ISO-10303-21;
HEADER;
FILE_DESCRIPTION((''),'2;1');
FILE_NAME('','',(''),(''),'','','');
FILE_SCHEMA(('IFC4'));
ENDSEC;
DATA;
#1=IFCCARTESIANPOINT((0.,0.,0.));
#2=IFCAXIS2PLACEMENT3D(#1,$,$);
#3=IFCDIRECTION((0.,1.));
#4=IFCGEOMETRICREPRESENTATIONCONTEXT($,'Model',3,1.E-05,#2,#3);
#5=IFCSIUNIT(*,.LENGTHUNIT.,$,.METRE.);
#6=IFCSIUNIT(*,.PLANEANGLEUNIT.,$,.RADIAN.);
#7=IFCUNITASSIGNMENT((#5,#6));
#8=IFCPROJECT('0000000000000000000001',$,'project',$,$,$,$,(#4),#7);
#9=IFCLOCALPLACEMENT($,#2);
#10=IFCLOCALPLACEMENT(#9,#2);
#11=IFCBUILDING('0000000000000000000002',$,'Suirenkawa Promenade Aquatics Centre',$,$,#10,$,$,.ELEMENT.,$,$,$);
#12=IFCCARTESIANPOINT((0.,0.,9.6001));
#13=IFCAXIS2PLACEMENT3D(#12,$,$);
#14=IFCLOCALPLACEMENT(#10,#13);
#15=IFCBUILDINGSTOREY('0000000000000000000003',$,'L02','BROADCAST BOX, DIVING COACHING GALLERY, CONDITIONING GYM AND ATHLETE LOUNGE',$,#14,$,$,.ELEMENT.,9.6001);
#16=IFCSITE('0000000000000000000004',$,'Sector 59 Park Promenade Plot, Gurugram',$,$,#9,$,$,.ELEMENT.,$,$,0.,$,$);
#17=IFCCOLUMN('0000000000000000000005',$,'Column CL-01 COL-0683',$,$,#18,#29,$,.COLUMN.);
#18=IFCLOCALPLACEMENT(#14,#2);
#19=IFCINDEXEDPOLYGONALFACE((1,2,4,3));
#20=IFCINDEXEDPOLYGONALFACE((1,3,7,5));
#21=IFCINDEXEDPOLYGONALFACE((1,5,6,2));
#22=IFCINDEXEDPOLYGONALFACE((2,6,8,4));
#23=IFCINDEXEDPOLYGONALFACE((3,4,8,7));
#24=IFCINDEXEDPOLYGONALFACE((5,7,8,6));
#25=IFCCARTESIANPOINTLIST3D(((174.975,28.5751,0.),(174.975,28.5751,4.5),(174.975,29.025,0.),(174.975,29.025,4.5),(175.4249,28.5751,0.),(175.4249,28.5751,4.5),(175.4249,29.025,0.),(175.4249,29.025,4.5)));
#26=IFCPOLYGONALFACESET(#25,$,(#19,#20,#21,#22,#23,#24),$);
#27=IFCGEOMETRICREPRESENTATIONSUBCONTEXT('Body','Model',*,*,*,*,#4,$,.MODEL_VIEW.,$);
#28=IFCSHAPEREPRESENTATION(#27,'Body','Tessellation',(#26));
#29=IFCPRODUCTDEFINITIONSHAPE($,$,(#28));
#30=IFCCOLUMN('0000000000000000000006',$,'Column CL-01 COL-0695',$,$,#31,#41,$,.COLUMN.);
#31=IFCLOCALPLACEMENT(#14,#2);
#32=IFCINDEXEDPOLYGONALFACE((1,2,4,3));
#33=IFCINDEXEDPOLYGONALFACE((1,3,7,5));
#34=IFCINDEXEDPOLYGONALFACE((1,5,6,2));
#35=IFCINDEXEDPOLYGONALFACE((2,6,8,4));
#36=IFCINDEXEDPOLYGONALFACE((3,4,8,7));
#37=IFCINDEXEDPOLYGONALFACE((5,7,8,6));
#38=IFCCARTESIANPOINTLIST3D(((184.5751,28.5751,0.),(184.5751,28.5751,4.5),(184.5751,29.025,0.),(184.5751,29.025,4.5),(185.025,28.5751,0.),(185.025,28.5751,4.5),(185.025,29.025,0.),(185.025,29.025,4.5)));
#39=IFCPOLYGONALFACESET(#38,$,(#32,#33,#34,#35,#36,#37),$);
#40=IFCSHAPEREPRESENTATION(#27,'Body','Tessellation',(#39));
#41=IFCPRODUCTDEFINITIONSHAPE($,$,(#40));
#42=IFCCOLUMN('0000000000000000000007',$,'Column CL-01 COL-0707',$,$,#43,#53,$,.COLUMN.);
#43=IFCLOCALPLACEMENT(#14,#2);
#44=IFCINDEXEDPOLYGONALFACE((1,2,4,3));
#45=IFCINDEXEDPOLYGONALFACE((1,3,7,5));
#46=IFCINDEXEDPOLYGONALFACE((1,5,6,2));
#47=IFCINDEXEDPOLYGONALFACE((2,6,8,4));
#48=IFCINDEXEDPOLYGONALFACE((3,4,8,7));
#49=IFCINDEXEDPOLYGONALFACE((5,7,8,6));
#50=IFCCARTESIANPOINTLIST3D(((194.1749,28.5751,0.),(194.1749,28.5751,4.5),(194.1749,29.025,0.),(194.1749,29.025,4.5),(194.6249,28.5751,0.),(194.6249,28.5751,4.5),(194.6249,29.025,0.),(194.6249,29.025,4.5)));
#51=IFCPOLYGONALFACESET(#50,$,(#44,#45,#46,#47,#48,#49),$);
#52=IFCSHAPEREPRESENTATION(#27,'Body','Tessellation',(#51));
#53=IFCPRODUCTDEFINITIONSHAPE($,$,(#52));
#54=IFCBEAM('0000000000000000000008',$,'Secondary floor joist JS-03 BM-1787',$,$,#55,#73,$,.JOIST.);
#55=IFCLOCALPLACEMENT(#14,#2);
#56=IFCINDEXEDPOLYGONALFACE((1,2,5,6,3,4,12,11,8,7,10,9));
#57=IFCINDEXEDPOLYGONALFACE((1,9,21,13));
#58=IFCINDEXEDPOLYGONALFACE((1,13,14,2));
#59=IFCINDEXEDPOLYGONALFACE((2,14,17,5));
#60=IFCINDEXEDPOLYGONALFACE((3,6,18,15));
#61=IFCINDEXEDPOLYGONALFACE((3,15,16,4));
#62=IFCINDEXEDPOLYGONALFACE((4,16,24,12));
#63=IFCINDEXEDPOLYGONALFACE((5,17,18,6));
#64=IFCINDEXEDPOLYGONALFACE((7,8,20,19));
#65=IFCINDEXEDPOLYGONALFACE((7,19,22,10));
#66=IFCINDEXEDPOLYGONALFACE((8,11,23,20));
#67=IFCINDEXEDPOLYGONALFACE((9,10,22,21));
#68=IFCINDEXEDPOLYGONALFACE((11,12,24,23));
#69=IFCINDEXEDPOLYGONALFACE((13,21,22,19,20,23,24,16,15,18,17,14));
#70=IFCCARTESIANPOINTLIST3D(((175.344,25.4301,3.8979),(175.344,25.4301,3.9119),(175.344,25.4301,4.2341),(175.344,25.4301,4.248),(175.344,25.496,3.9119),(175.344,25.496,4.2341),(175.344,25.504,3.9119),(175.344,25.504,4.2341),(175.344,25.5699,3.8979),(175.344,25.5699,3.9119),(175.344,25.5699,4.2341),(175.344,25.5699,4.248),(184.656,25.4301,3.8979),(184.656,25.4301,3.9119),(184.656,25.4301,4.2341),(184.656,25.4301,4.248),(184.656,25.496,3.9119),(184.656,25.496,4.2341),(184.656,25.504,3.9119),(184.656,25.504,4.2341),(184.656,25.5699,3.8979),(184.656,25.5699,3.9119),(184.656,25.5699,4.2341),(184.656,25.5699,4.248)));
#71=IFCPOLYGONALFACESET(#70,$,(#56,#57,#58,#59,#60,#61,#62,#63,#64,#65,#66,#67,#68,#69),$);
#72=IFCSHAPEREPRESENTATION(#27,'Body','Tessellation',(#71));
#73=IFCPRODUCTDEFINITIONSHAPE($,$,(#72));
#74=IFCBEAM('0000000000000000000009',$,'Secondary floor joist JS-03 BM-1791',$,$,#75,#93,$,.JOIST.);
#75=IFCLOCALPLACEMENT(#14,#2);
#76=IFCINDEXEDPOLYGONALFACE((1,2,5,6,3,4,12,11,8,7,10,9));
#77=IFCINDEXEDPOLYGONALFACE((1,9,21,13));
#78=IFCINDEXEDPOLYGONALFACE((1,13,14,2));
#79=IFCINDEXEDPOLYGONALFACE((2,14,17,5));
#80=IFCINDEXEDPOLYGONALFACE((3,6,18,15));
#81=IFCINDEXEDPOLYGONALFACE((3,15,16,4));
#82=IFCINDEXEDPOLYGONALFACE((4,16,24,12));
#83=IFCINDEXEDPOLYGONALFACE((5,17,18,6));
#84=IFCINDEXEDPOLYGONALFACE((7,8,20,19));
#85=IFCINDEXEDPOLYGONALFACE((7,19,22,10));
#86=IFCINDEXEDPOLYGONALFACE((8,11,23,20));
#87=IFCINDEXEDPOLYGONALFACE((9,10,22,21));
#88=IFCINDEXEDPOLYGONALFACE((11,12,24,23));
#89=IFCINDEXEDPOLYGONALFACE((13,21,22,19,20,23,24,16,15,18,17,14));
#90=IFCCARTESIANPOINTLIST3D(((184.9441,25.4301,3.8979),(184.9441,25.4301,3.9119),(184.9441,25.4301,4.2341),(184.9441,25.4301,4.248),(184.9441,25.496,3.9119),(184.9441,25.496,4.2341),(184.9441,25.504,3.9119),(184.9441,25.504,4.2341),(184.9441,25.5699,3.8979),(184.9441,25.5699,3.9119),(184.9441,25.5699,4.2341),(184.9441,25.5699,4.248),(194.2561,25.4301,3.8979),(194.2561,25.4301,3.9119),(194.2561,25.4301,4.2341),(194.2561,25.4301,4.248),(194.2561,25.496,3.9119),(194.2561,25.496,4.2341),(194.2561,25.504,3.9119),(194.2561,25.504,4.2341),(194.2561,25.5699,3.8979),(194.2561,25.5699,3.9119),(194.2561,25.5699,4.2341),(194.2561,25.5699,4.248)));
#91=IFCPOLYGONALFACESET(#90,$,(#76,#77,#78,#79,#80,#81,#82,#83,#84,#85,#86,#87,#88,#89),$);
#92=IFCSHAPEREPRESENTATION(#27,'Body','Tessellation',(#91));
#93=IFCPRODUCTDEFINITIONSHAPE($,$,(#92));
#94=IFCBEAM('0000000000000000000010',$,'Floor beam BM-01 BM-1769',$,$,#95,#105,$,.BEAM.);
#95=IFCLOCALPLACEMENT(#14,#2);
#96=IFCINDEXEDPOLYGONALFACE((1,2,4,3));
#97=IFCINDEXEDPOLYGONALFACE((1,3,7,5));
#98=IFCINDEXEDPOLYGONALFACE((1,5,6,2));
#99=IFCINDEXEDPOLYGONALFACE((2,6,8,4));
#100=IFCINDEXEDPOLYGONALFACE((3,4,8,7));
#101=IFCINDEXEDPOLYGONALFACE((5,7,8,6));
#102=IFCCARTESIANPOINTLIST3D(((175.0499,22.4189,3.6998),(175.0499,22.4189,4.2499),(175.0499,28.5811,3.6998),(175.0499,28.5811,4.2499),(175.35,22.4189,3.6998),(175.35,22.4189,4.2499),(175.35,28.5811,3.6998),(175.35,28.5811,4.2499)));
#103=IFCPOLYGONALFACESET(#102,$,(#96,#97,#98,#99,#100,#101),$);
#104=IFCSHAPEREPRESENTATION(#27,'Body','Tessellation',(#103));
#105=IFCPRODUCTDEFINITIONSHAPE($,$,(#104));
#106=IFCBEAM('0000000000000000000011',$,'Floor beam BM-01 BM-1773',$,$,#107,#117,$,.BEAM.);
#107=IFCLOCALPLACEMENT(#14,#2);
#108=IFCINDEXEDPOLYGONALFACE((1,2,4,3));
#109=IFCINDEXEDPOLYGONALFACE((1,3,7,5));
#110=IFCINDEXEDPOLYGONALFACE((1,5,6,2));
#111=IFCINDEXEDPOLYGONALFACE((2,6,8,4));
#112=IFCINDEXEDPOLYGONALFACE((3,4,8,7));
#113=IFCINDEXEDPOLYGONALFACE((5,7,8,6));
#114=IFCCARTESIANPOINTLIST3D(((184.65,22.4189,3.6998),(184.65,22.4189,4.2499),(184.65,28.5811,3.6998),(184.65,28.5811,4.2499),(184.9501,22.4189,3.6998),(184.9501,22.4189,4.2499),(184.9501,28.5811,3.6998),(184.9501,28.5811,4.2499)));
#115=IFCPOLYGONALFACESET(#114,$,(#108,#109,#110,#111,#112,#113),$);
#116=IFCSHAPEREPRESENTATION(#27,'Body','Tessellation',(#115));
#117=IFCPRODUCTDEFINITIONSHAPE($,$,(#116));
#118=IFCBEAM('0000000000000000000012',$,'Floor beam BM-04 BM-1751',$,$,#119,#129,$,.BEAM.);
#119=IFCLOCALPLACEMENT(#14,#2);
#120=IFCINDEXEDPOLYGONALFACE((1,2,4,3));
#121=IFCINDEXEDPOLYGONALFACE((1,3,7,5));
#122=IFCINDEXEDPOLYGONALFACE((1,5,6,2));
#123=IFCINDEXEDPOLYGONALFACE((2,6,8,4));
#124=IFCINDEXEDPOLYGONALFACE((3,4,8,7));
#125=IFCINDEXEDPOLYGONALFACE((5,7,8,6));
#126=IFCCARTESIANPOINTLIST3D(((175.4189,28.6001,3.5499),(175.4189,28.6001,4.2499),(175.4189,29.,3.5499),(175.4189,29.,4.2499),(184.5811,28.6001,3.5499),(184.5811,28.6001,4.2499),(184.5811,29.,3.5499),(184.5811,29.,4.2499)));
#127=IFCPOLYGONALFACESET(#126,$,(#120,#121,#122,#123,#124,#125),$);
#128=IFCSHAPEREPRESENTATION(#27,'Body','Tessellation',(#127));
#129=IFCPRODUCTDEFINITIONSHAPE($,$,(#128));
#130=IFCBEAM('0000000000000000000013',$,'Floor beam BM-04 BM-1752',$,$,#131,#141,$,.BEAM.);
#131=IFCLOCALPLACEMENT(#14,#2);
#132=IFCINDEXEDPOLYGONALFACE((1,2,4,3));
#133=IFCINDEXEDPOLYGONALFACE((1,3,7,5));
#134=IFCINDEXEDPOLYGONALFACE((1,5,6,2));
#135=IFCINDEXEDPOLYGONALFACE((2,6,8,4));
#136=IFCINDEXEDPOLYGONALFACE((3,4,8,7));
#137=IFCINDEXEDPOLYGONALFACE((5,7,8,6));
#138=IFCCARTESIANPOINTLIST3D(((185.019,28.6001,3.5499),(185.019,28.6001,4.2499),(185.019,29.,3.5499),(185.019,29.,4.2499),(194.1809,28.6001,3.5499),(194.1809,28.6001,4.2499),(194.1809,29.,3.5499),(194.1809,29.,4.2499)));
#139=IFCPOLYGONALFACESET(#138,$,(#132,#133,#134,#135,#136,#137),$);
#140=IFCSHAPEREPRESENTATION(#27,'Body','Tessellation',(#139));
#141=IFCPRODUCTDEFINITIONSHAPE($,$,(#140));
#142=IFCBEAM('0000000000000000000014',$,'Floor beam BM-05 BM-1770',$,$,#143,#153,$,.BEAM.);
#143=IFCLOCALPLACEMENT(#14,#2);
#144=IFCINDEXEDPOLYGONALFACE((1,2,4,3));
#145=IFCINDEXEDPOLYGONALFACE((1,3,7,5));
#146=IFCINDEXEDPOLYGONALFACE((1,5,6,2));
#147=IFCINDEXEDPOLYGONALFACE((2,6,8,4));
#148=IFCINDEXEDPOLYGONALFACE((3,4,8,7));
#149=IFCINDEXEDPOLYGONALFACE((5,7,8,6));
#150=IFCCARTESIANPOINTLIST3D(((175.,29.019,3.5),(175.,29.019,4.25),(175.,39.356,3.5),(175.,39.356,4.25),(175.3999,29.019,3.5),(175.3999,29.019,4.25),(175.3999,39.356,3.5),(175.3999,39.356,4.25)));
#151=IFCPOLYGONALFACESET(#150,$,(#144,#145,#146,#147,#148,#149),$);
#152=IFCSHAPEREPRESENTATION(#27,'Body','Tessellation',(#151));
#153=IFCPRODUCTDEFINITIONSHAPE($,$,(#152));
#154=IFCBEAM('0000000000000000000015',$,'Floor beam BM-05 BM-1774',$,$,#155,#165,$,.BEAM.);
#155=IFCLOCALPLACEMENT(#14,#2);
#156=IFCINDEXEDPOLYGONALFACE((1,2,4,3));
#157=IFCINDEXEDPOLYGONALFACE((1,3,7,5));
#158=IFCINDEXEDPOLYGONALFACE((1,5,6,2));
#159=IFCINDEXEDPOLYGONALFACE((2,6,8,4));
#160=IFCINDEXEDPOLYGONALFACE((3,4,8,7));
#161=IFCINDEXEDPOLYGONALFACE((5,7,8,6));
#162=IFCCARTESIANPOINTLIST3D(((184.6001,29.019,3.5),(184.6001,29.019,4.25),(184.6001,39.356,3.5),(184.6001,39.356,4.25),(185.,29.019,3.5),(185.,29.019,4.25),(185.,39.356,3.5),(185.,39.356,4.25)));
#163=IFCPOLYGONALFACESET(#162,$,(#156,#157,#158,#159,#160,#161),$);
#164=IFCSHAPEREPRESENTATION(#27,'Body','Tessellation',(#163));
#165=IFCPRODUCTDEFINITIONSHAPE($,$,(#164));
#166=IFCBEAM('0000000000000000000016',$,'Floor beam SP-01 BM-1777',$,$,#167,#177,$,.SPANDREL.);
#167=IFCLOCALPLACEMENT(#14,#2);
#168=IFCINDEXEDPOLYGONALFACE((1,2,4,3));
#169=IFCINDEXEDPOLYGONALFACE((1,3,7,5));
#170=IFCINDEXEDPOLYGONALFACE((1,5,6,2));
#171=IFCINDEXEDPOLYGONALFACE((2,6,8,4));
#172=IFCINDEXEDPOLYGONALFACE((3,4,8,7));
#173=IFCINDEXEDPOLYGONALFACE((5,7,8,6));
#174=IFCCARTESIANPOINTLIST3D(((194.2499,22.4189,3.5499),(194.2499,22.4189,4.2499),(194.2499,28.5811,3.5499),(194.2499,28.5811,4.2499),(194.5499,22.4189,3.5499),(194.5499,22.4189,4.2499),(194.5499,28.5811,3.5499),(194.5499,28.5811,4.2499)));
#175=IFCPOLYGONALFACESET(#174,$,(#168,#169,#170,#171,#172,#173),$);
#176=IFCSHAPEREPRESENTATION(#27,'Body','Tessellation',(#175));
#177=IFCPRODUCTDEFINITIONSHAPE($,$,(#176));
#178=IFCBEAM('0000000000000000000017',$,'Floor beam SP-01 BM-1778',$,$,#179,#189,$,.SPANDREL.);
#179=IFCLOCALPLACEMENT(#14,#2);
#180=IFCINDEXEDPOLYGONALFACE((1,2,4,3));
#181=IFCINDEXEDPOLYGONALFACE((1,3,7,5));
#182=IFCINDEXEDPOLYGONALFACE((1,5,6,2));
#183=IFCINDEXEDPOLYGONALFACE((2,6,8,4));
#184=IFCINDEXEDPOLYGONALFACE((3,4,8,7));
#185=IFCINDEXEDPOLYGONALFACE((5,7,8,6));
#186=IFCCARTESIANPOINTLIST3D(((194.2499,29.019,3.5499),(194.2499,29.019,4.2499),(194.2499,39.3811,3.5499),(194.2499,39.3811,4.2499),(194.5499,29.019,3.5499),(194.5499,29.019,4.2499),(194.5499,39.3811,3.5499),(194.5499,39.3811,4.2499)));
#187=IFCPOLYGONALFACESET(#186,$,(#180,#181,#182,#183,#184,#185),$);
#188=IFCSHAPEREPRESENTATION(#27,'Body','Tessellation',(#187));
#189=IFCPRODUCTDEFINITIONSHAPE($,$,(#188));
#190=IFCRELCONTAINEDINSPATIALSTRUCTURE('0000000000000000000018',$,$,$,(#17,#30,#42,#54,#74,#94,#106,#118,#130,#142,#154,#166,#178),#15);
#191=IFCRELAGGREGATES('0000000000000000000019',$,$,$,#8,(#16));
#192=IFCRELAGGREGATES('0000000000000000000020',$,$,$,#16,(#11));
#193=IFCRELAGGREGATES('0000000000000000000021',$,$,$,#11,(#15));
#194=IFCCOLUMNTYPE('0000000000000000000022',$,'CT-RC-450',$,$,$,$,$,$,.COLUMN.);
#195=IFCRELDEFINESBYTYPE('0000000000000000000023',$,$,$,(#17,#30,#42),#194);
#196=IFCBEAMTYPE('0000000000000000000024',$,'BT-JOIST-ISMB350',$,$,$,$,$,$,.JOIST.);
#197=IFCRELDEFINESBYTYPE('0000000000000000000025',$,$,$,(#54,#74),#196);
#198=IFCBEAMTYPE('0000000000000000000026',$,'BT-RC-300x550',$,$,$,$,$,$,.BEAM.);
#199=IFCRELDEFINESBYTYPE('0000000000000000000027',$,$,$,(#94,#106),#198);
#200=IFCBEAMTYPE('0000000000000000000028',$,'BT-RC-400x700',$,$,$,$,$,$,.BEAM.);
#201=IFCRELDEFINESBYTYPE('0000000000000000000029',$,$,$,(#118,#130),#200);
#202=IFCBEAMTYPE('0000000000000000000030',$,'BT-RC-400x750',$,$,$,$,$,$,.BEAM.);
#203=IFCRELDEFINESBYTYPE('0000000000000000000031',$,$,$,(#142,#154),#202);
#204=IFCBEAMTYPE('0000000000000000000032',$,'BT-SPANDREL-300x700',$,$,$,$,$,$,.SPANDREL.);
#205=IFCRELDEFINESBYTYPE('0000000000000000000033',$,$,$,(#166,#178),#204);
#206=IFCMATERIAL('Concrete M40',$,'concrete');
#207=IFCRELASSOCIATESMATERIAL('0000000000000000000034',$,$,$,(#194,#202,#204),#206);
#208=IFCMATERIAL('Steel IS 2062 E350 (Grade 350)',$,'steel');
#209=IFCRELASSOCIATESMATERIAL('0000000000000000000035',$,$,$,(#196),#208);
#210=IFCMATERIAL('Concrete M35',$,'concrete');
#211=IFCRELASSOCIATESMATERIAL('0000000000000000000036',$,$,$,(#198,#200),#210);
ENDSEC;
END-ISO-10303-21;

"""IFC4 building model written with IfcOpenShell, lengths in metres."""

from ifc_helpers import new_model, si_unit, direction, frame, origin, origin_2d, place, context, subcontext, project, spatial, rectangle, i_section, extrude, material, material_profile, profile_set, type_object, element, save


model = new_model("IFC4")

# Units and contexts
model_context = context("Model", 3, precision=1e-05, world=origin(), true_north=direction((0.0, 1.0)))
body_context = subcontext(model_context, "Body", "Model", "MODEL_VIEW")
ifc_project = project(units=[si_unit("LENGTHUNIT", "METRE"), si_unit("PLANEANGLEUNIT", "RADIAN")], contexts=[model_context])

# Site, building, storey
site_placement = place(None, origin())
site = spatial("IfcSite", under=ifc_project, at=site_placement, Name="Sector 59 Park Promenade Plot, Gurugram", CompositionType="ELEMENT", RefElevation=0.0)
building_placement = place(site_placement, origin())
building = spatial("IfcBuilding", under=site, at=building_placement, Name="Suirenkawa Promenade Aquatics Centre", CompositionType="ELEMENT")
storey_placement = place(building_placement, frame((0.0, 0.0, 9.6001)))
storey = spatial("IfcBuildingStorey", under=building, at=storey_placement, Name="L02", Description="BROADCAST BOX, DIVING COACHING GALLERY, CONDITIONING GYM AND ATHLETE LOUNGE", CompositionType="ELEMENT", Elevation=9.6001)

# Columns
ifc_material_1 = material(Name="Concrete M40", Category="concrete")
ifc_material_profile_1 = material_profile(ifc_material_1, rectangle(XDim=0.45, YDim=0.45, at=origin_2d()), Name="RC COL 450x450", Category="concrete")
ifc_profile_set_1 = profile_set([ifc_material_profile_1], Name="Concrete M40")
column_type = type_object("IfcColumnType", Name="CT-RC-450", PredefinedType="COLUMN", material=ifc_profile_set_1)
for number, where, z_axis, x_axis, name in (
    (1, (175.2, 28.8, 0.0), (0.0, 0.0, 1.0), (1.0, 0.0, 0.0), "Column CL-01 COL-0683"),
    (2, (184.8, 28.8, 0.0), (0.0, 0.0, 1.0), (1.0, 0.0, 0.0), "Column CL-01 COL-0695"),
    (3, (194.3999, 28.8, 0.0), (0.0, 0.0, 1.0), (1.0, 0.0, 0.0), "Column CL-01 COL-0707"),
):
    element("IfcColumn", number, at=place(storey_placement, frame(where, z_axis=z_axis, x_axis=x_axis)), inside=storey, type_object=column_type, Name=name, PredefinedType="COLUMN", context=body_context, shape_type="SweptSolid", body=[
        extrude(rectangle(XDim=0.45, YDim=0.45, at=origin_2d()), origin(), (0.0, 0.0, 1.0), 4.5),
    ])

# Beams
ifc_material_2 = material(Name="Steel IS 2062 E350 (Grade 350)", Category="steel")
ifc_material_profile_2 = material_profile(ifc_material_2, i_section(OverallWidth=0.1399, OverallDepth=0.3501, WebThickness=0.0081, FlangeThickness=0.0139, at=origin_2d()), Name="ISMB 350", Category="steel")
ifc_profile_set_2 = profile_set([ifc_material_profile_2], Name="Steel IS 2062 E350 (Grade 350)")
beam_type_1 = type_object("IfcBeamType", Name="BT-JOIST-ISMB350", PredefinedType="JOIST", material=ifc_profile_set_2)
for number, where, z_axis, x_axis, name in (
    (4, (175.344, 25.5, 4.073), (1.0, 0.0, 0.0), (0.0, 1.0, 0.0), "Secondary floor joist JS-03 BM-1787"),
    (5, (184.9441, 25.5, 4.073), (1.0, 0.0, 0.0), (0.0, 1.0, 0.0), "Secondary floor joist JS-03 BM-1791"),
):
    element("IfcBeam", number, at=place(storey_placement, frame(where, z_axis=z_axis, x_axis=x_axis)), inside=storey, type_object=beam_type_1, Name=name, PredefinedType="JOIST", context=body_context, shape_type="SweptSolid", body=[
        extrude(i_section(OverallWidth=0.1399, OverallDepth=0.3501, WebThickness=0.0081, FlangeThickness=0.0139, at=origin_2d()), origin(), (0.0, 0.0, 1.0), 9.312),
    ])
ifc_material_3 = material(Name="Concrete M35", Category="concrete")
ifc_material_profile_3 = material_profile(ifc_material_3, rectangle(XDim=0.3, YDim=0.55, at=origin_2d()), Name="RC BM 300x550", Category="concrete")
ifc_profile_set_3 = profile_set([ifc_material_profile_3], Name="Concrete M35")
beam_type_2 = type_object("IfcBeamType", Name="BT-RC-300x550", PredefinedType="BEAM", material=ifc_profile_set_3)
for number, where, z_axis, x_axis, name in (
    (6, (175.2, 22.4189, 3.9749), (0.0, 1.0, 0.0), (-1.0, 0.0, 0.0), "Floor beam BM-01 BM-1769"),
    (7, (184.8, 22.4189, 3.9749), (0.0, 1.0, 0.0), (-1.0, 0.0, 0.0), "Floor beam BM-01 BM-1773"),
):
    element("IfcBeam", number, at=place(storey_placement, frame(where, z_axis=z_axis, x_axis=x_axis)), inside=storey, type_object=beam_type_2, Name=name, PredefinedType="BEAM", context=body_context, shape_type="SweptSolid", body=[
        extrude(rectangle(XDim=0.3, YDim=0.55, at=origin_2d()), origin(), (0.0, 0.0, 1.0), 6.1621),
    ])
ifc_material_profile_4 = material_profile(ifc_material_3, rectangle(XDim=0.3999, YDim=0.7, at=origin_2d()), Name="RC BM 400x700", Category="concrete")
ifc_profile_set_4 = profile_set([ifc_material_profile_4], Name="Concrete M35")
beam_type_3 = type_object("IfcBeamType", Name="BT-RC-400x700", PredefinedType="BEAM", material=ifc_profile_set_4)
beam_1_placement = place(storey_placement, frame((175.4189, 28.8, 3.8999), z_axis=(1.0, 0.0, 0.0), x_axis=(0.0, 1.0, 0.0)))
element("IfcBeam", 8, at=beam_1_placement, inside=storey, type_object=beam_type_3, Name="Floor beam BM-04 BM-1751", PredefinedType="BEAM", context=body_context, shape_type="SweptSolid", body=[
    extrude(rectangle(XDim=0.3999, YDim=0.7, at=origin_2d()), origin(), (0.0, 0.0, 1.0), 9.1621),
])
beam_2_placement = place(storey_placement, frame((185.019, 28.8, 3.8999), z_axis=(1.0, 0.0, 0.0), x_axis=(0.0, 1.0, 0.0)))
element("IfcBeam", 9, at=beam_2_placement, inside=storey, type_object=beam_type_3, Name="Floor beam BM-04 BM-1752", PredefinedType="BEAM", context=body_context, shape_type="SweptSolid", body=[
    extrude(rectangle(XDim=0.3999, YDim=0.7, at=origin_2d()), origin(), (0.0, 0.0, 1.0), 9.1619),
])
ifc_material_profile_5 = material_profile(ifc_material_1, rectangle(XDim=0.3999, YDim=0.75, at=origin_2d()), Name="RC BM 400x750", Category="concrete")
ifc_profile_set_5 = profile_set([ifc_material_profile_5], Name="Concrete M40")
beam_type_4 = type_object("IfcBeamType", Name="BT-RC-400x750", PredefinedType="BEAM", material=ifc_profile_set_5)
for number, where, z_axis, x_axis, name in (
    (10, (175.2, 29.019, 3.875), (0.0, 1.0, 0.0), (-1.0, 0.0, 0.0), "Floor beam BM-05 BM-1770"),
    (11, (184.8, 29.019, 3.875), (0.0, 1.0, 0.0), (-1.0, 0.0, 0.0), "Floor beam BM-05 BM-1774"),
):
    element("IfcBeam", number, at=place(storey_placement, frame(where, z_axis=z_axis, x_axis=x_axis)), inside=storey, type_object=beam_type_4, Name=name, PredefinedType="BEAM", context=body_context, shape_type="SweptSolid", body=[
        extrude(rectangle(XDim=0.3999, YDim=0.75, at=origin_2d()), origin(), (0.0, 0.0, 1.0), 10.3369),
    ])
ifc_material_profile_6 = material_profile(ifc_material_1, rectangle(XDim=0.3, YDim=0.7, at=origin_2d()), Name="RC SPANDREL 300x700", Category="concrete")
ifc_profile_set_6 = profile_set([ifc_material_profile_6], Name="Concrete M40")
beam_type_5 = type_object("IfcBeamType", Name="BT-SPANDREL-300x700", PredefinedType="SPANDREL", material=ifc_profile_set_6)
beam_3_placement = place(storey_placement, frame((194.3999, 22.4189, 3.8999), z_axis=(0.0, 1.0, 0.0), x_axis=(-1.0, 0.0, 0.0)))
element("IfcBeam", 12, at=beam_3_placement, inside=storey, type_object=beam_type_5, Name="Floor beam SP-01 BM-1777", PredefinedType="SPANDREL", context=body_context, shape_type="SweptSolid", body=[
    extrude(rectangle(XDim=0.3, YDim=0.7, at=origin_2d()), origin(), (0.0, 0.0, 1.0), 6.1621),
])
beam_4_placement = place(storey_placement, frame((194.3999, 29.019, 3.8999), z_axis=(0.0, 1.0, 0.0), x_axis=(-1.0, 0.0, 0.0)))
element("IfcBeam", 13, at=beam_4_placement, inside=storey, type_object=beam_type_5, Name="Floor beam SP-01 BM-1778", PredefinedType="SPANDREL", context=body_context, shape_type="SweptSolid", body=[
    extrude(rectangle(XDim=0.3, YDim=0.7, at=origin_2d()), origin(), (0.0, 0.0, 1.0), 10.3621),
])

save(model, "model.ifc")
